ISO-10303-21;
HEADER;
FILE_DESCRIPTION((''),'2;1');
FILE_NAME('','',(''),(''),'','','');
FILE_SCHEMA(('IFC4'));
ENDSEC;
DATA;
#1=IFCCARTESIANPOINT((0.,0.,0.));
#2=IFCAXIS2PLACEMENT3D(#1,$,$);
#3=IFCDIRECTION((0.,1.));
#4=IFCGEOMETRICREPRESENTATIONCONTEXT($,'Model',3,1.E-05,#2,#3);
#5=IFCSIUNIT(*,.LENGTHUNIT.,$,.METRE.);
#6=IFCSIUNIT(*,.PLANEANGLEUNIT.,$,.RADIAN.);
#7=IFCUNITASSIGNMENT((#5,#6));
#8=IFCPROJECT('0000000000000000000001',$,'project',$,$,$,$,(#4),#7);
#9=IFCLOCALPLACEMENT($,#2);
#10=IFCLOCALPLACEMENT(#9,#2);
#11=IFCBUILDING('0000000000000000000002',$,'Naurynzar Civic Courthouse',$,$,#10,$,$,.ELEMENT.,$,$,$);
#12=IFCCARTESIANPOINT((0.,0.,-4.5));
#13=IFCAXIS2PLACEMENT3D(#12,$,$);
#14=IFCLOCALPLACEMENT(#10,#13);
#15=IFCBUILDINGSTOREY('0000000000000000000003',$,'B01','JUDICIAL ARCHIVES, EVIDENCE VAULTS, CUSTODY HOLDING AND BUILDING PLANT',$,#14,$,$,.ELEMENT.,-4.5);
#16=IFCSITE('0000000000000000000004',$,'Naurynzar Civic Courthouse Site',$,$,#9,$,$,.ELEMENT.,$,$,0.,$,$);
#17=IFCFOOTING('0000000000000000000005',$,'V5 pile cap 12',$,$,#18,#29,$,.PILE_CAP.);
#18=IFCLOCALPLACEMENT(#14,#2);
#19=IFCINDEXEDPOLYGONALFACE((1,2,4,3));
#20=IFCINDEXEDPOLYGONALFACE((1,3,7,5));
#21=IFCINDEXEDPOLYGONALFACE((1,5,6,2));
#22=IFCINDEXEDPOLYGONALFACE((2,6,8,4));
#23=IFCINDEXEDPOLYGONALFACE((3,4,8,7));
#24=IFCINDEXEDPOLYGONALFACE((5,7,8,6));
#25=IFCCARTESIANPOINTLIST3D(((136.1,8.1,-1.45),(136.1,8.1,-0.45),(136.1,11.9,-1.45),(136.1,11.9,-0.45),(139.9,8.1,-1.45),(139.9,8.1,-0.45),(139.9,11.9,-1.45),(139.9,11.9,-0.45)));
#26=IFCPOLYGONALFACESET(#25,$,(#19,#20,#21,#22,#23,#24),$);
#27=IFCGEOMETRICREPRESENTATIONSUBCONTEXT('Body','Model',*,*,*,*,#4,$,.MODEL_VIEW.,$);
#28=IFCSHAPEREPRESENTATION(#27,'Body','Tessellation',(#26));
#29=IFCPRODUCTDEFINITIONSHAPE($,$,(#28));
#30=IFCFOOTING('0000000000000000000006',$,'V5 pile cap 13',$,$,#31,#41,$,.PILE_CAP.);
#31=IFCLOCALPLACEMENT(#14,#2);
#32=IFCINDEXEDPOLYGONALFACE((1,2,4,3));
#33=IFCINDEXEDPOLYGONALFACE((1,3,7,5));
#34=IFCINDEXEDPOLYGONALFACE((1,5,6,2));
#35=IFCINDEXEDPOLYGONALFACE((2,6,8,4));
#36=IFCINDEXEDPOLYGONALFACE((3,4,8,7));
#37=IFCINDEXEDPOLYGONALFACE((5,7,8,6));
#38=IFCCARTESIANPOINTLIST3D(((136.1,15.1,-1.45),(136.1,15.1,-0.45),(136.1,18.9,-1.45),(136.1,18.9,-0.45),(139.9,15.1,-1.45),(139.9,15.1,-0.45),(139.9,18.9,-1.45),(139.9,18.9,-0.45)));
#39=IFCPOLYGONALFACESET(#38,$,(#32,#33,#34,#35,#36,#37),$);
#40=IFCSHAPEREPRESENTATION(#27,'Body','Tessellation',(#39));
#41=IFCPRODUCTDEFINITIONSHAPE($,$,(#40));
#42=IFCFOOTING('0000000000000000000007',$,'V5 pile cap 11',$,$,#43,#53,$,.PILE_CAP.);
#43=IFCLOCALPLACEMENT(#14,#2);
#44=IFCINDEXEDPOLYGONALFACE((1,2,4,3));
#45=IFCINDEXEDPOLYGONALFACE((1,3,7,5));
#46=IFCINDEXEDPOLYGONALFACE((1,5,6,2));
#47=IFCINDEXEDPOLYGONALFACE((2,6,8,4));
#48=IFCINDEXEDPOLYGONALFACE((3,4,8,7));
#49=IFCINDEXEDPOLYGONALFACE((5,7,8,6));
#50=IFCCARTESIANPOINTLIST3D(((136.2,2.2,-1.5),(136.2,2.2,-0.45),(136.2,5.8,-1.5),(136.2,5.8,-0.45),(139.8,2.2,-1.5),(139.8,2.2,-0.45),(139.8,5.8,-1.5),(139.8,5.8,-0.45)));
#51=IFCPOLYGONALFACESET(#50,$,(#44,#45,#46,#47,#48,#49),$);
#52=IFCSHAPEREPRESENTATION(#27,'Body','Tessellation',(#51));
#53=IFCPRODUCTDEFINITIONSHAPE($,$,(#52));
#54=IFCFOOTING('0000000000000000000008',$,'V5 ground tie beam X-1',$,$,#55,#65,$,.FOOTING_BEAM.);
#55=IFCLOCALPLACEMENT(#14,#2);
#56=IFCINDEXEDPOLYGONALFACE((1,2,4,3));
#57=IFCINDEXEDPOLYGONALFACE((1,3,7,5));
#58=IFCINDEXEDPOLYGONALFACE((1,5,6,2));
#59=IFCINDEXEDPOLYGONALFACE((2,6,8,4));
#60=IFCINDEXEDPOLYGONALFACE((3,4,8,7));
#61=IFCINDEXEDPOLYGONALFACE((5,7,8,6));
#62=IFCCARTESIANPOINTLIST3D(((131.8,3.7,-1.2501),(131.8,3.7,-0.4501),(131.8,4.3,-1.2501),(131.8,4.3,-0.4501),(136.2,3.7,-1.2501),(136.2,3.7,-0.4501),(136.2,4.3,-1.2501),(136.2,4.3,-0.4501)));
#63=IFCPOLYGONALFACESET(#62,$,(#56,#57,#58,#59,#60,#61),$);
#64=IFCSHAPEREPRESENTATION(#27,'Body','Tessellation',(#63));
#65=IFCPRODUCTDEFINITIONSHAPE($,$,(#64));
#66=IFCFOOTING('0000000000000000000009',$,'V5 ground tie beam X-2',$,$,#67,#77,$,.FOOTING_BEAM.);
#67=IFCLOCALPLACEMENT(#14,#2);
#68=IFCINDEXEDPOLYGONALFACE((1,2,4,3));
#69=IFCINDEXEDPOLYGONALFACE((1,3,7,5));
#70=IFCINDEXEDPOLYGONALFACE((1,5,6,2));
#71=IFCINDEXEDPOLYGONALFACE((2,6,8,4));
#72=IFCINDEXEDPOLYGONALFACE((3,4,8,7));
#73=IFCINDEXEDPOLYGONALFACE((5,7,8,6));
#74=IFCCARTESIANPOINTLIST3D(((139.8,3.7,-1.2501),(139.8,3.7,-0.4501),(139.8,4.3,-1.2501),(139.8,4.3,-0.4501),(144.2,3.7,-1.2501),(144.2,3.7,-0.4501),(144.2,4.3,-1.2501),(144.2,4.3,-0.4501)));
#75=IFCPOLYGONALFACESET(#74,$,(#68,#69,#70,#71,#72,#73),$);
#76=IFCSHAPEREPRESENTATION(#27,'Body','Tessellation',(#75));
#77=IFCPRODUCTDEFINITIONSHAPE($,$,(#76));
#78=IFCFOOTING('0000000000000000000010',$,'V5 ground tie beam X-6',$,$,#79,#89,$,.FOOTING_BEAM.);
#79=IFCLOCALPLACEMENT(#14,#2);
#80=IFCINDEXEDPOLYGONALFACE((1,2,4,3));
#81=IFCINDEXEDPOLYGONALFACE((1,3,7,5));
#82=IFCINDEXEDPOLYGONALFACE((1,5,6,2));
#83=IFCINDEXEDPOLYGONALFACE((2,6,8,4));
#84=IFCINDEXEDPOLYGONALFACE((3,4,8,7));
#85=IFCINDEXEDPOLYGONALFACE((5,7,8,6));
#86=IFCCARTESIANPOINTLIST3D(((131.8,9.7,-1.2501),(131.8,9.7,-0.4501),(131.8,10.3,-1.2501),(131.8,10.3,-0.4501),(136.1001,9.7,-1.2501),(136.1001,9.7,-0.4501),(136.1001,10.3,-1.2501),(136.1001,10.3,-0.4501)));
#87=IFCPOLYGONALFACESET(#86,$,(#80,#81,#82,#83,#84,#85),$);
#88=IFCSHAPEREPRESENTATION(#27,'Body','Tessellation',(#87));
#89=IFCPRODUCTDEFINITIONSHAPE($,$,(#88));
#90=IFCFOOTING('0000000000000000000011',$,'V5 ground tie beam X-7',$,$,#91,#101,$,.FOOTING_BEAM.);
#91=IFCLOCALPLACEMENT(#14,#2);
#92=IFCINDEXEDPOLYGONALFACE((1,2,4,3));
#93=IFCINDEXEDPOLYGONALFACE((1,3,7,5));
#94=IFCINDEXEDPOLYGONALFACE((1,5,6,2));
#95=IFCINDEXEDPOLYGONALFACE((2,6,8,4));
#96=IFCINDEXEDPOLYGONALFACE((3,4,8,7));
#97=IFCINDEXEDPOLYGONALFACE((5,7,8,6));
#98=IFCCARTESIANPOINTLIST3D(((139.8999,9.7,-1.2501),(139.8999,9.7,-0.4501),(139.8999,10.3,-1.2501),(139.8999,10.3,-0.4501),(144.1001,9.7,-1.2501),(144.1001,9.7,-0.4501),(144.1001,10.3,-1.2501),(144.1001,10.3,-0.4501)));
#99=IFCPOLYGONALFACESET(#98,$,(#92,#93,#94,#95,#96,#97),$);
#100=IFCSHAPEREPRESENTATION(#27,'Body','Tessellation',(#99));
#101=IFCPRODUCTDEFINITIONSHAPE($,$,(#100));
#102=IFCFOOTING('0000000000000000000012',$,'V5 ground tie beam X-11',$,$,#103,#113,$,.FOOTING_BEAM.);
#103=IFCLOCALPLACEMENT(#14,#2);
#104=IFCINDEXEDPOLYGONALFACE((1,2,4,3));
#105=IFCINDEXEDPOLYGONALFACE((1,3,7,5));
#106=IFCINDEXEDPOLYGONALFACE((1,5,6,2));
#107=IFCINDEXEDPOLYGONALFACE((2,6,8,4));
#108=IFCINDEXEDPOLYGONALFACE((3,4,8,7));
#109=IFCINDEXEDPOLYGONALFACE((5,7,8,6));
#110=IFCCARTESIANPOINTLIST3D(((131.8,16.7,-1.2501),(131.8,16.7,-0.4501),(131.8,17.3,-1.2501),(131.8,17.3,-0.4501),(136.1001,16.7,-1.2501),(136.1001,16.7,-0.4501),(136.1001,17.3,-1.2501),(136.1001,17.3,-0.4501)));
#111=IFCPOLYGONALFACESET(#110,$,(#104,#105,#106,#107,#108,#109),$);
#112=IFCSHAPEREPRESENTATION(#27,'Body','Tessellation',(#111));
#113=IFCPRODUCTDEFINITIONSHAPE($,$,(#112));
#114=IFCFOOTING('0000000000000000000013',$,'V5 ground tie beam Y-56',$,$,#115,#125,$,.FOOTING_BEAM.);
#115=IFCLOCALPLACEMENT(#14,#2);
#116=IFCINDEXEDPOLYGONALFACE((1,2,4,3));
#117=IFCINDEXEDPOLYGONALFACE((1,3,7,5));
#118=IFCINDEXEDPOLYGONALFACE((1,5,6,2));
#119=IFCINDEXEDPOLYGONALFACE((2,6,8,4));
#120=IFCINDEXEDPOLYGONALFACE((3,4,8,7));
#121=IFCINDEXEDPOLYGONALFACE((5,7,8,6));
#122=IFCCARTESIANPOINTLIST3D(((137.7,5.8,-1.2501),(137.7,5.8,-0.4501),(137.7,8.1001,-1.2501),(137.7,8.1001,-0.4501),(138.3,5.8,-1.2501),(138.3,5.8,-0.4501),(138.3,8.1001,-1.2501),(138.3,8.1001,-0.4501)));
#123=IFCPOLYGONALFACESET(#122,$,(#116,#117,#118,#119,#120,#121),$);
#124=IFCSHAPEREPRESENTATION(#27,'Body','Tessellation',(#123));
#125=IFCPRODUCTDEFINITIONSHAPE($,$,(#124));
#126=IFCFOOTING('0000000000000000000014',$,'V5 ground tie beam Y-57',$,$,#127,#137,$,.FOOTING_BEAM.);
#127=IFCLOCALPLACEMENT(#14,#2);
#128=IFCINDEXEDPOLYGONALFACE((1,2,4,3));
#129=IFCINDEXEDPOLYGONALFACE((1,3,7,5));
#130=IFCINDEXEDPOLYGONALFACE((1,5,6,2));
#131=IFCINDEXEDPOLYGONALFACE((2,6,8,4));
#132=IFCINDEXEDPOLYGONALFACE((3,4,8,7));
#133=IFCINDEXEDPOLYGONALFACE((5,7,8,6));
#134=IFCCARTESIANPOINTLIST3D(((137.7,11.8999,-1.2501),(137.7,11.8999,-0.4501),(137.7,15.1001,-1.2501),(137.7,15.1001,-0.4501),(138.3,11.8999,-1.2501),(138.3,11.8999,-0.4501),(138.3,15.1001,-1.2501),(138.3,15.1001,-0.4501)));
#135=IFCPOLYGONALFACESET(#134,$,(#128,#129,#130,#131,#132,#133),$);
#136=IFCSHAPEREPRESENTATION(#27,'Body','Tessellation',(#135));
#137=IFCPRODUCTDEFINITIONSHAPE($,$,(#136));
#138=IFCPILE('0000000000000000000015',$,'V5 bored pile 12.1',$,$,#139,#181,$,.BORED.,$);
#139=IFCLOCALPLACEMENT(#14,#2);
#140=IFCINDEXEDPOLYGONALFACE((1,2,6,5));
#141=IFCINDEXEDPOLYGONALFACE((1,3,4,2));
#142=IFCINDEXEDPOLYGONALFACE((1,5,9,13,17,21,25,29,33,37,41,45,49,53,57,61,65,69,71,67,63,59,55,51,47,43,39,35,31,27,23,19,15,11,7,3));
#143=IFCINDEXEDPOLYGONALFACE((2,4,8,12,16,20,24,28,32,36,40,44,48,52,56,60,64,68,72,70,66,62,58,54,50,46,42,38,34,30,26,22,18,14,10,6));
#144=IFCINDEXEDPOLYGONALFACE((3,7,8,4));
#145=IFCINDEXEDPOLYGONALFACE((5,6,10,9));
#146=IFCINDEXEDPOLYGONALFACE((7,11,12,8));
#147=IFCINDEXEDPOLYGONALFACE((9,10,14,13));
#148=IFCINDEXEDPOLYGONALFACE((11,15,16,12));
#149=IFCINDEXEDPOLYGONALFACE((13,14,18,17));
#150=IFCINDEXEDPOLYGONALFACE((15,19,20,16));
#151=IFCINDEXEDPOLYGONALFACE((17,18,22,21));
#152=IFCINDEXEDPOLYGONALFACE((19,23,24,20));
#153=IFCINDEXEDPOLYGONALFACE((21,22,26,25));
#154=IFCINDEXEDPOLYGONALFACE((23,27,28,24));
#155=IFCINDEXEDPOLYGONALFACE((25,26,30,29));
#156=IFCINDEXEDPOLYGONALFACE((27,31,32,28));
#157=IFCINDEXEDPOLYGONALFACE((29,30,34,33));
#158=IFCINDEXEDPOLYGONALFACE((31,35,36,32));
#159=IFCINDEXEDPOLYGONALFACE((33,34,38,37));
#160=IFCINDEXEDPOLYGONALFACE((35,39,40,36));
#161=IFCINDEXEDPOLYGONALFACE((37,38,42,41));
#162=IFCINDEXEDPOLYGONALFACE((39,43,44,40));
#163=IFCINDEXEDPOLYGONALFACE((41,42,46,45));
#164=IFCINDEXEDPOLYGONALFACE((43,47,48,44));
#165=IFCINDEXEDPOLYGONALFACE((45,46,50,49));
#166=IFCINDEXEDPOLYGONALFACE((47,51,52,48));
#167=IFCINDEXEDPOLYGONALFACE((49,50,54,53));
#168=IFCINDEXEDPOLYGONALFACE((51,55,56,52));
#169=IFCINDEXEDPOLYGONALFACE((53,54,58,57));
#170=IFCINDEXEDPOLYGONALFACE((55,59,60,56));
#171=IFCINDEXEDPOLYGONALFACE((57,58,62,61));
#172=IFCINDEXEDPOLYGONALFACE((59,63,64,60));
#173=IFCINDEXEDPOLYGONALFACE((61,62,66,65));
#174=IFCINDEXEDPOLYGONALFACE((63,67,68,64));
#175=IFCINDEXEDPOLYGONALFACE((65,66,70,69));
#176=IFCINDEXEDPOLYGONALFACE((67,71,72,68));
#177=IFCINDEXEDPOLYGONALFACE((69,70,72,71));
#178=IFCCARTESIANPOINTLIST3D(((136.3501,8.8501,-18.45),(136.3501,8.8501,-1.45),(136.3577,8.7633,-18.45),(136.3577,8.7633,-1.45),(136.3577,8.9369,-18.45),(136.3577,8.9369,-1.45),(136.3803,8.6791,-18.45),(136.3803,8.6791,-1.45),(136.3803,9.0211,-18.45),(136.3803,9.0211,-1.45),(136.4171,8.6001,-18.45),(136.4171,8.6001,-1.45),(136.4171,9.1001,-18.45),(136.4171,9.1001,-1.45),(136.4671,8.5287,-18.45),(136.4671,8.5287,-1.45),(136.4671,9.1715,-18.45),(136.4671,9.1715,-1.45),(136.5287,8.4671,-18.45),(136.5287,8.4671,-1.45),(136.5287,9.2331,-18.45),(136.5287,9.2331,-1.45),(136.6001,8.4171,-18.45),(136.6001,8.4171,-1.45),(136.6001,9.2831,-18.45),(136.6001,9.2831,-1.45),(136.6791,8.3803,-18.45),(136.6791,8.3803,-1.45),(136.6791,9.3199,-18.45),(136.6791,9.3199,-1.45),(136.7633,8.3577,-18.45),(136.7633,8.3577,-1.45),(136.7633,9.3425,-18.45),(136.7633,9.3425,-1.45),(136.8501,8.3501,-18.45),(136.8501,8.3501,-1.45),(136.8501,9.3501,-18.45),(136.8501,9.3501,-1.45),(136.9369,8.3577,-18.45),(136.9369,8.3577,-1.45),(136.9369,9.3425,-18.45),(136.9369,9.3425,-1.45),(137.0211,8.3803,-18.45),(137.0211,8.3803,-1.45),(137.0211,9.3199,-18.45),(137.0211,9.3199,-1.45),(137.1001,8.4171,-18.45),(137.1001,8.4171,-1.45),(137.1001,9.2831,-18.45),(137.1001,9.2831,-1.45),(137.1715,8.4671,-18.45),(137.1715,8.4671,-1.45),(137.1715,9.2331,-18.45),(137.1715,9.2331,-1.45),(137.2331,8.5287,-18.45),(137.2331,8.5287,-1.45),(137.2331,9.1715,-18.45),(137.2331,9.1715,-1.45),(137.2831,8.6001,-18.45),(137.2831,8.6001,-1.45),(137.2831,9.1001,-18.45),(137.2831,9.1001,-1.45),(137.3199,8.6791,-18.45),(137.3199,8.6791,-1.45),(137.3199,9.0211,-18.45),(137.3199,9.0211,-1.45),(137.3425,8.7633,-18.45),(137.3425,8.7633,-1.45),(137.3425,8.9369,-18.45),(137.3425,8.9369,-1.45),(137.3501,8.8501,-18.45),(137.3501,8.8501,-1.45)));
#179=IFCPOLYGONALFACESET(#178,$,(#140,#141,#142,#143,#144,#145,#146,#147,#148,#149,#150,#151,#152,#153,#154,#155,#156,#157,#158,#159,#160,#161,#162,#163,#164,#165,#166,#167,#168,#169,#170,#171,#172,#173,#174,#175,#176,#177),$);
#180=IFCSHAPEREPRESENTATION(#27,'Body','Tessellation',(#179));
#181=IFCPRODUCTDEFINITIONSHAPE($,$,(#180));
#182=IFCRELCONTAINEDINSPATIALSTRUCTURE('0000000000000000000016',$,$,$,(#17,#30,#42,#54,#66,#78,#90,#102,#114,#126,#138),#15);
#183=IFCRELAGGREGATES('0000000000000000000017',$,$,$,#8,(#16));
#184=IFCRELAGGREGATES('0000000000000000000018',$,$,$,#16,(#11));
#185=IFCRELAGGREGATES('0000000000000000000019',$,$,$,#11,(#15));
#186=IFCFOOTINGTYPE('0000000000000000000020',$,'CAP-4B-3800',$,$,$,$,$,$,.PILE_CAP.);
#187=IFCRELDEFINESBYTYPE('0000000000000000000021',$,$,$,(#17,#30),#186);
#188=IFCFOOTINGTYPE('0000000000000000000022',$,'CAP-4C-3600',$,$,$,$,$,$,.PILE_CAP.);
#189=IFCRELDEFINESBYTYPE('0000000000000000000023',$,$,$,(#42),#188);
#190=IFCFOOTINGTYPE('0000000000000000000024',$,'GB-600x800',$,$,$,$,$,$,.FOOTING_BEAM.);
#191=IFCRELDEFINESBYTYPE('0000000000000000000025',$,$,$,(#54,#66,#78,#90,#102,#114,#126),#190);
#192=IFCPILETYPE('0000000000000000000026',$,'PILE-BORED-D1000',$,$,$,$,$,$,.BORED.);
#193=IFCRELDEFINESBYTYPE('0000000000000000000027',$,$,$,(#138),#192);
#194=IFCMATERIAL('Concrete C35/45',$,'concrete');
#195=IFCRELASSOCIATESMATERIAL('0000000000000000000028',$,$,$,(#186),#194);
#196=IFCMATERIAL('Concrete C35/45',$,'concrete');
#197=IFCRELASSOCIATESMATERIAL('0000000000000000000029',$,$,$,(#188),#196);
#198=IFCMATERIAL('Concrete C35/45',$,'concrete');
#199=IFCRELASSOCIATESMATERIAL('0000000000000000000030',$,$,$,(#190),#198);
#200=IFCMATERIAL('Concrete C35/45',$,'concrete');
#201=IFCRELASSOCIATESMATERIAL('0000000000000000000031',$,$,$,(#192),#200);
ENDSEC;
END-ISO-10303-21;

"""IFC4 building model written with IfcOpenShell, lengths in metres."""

from ifc_helpers import new_model, si_unit, direction, frame, origin, origin_2d, place, context, subcontext, project, spatial, rectangle, circle, extrude, material, material_profile, profile_set, type_object, element, save


model = new_model("IFC4")

# Units and contexts
model_context = context("Model", 3, precision=1e-05, world=origin(), true_north=direction((0.0, 1.0)))
body_context = subcontext(model_context, "Body", "Model", "MODEL_VIEW")
ifc_project = project(units=[si_unit("LENGTHUNIT", "METRE"), si_unit("PLANEANGLEUNIT", "RADIAN")], contexts=[model_context])

# Site, building, storey
site_placement = place(None, origin())
site = spatial("IfcSite", under=ifc_project, at=site_placement, Name="Naurynzar Civic Courthouse Site", CompositionType="ELEMENT", RefElevation=0.0)
building_placement = place(site_placement, origin())
building = spatial("IfcBuilding", under=site, at=building_placement, Name="Naurynzar Civic Courthouse", CompositionType="ELEMENT")
storey_placement = place(building_placement, frame((0.0, 0.0, -4.5)))
storey = spatial("IfcBuildingStorey", under=building, at=storey_placement, Name="B01", Description="JUDICIAL ARCHIVES, EVIDENCE VAULTS, CUSTODY HOLDING AND BUILDING PLANT", CompositionType="ELEMENT", Elevation=-4.5)

# Footings
ifc_material_1 = material(Name="Concrete C35/45", Category="concrete")
footing_type_1 = type_object("IfcFootingType", Name="CAP-4B-3800", PredefinedType="PILE_CAP", material=ifc_material_1)
for number, where, z_axis, x_axis, name in (
    (1, (138.0, 10.0, -1.45), (0.0, 0.0, 1.0), (1.0, 0.0, 0.0), "V5 pile cap 12"),
    (2, (138.0, 17.0, -1.45), (0.0, 0.0, 1.0), (1.0, 0.0, 0.0), "V5 pile cap 13"),
):
    element("IfcFooting", number, at=place(storey_placement, frame(where, z_axis=z_axis, x_axis=x_axis)), inside=storey, type_object=footing_type_1, Name=name, PredefinedType="PILE_CAP", context=body_context, shape_type="SweptSolid", body=[
        extrude(rectangle(XDim=3.8, YDim=3.8, at=origin_2d()), origin(), (0.0, 0.0, 1.0), 1.0),
    ])
ifc_material_2 = material(Name="Concrete C35/45", Category="concrete")
footing_type_2 = type_object("IfcFootingType", Name="CAP-4C-3600", PredefinedType="PILE_CAP", material=ifc_material_2)
footing_1_placement = place(storey_placement, frame((138.0, 4.0, -1.5), z_axis=(0.0, 0.0, 1.0), x_axis=(1.0, 0.0, 0.0)))
element("IfcFooting", 3, at=footing_1_placement, inside=storey, type_object=footing_type_2, Name="V5 pile cap 11", PredefinedType="PILE_CAP", context=body_context, shape_type="SweptSolid", body=[
    extrude(rectangle(XDim=3.6001, YDim=3.6001, at=origin_2d()), origin(), (0.0, 0.0, 1.0), 1.05),
])
ifc_material_3 = material(Name="Concrete C35/45", Category="concrete")
ifc_material_profile_1 = material_profile(ifc_material_3, rectangle(XDim=0.6001, YDim=0.8, at=origin_2d()), Name="GB 600x800")
ifc_profile_set_1 = profile_set([ifc_material_profile_1], Name="Concrete C35/45")
footing_type_3 = type_object("IfcFootingType", Name="GB-600x800", PredefinedType="FOOTING_BEAM", material=ifc_profile_set_1)
for number, where, z_axis, x_axis, name in (
    (4, (131.8, 4.0, -0.8501), (1.0, 0.0, 0.0), (0.0, 1.0, 0.0), "V5 ground tie beam X-1"),
    (5, (139.8, 4.0, -0.8501), (1.0, 0.0, 0.0), (0.0, 1.0, 0.0), "V5 ground tie beam X-2"),
):
    element("IfcFooting", number, at=place(storey_placement, frame(where, z_axis=z_axis, x_axis=x_axis)), inside=storey, type_object=footing_type_3, Name=name, PredefinedType="FOOTING_BEAM", context=body_context, shape_type="SweptSolid", body=[
        extrude(rectangle(XDim=0.6001, YDim=0.8, at=origin_2d()), origin(), (0.0, 0.0, 1.0), 4.3999),
    ])
footing_2_placement = place(storey_placement, frame((131.8, 10.0, -0.8501), z_axis=(1.0, 0.0, 0.0), x_axis=(0.0, 1.0, 0.0)))
element("IfcFooting", 6, at=footing_2_placement, inside=storey, type_object=footing_type_3, Name="V5 ground tie beam X-6", PredefinedType="FOOTING_BEAM", context=body_context, shape_type="SweptSolid", body=[
    extrude(rectangle(XDim=0.6001, YDim=0.8, at=origin_2d()), origin(), (0.0, 0.0, 1.0), 4.3),
])
footing_3_placement = place(storey_placement, frame((139.8999, 10.0, -0.8501), z_axis=(1.0, 0.0, 0.0), x_axis=(0.0, 1.0, 0.0)))
element("IfcFooting", 7, at=footing_3_placement, inside=storey, type_object=footing_type_3, Name="V5 ground tie beam X-7", PredefinedType="FOOTING_BEAM", context=body_context, shape_type="SweptSolid", body=[
    extrude(rectangle(XDim=0.6001, YDim=0.8, at=origin_2d()), origin(), (0.0, 0.0, 1.0), 4.2002),
])
footing_4_placement = place(storey_placement, frame((131.8, 17.0, -0.8501), z_axis=(1.0, 0.0, 0.0), x_axis=(0.0, 1.0, 0.0)))
element("IfcFooting", 8, at=footing_4_placement, inside=storey, type_object=footing_type_3, Name="V5 ground tie beam X-11", PredefinedType="FOOTING_BEAM", context=body_context, shape_type="SweptSolid", body=[
    extrude(rectangle(XDim=0.6001, YDim=0.8, at=origin_2d()), origin(), (0.0, 0.0, 1.0), 4.3),
])
footing_5_placement = place(storey_placement, frame((138.0, 5.8, -0.8501), z_axis=(0.0, 1.0, 0.0), x_axis=(-1.0, 0.0, 0.0)))
element("IfcFooting", 9, at=footing_5_placement, inside=storey, type_object=footing_type_3, Name="V5 ground tie beam Y-56", PredefinedType="FOOTING_BEAM", context=body_context, shape_type="SweptSolid", body=[
    extrude(rectangle(XDim=0.6001, YDim=0.8, at=origin_2d()), origin(), (0.0, 0.0, 1.0), 2.3),
])
footing_6_placement = place(storey_placement, frame((138.0, 11.8999, -0.8501), z_axis=(0.0, 1.0, 0.0), x_axis=(-1.0, 0.0, 0.0)))
element("IfcFooting", 10, at=footing_6_placement, inside=storey, type_object=footing_type_3, Name="V5 ground tie beam Y-57", PredefinedType="FOOTING_BEAM", context=body_context, shape_type="SweptSolid", body=[
    extrude(rectangle(XDim=0.6001, YDim=0.8, at=origin_2d()), origin(), (0.0, 0.0, 1.0), 3.2002),
])

# Pile
ifc_material_4 = material(Name="Concrete C35/45", Category="concrete")
ifc_material_profile_2 = material_profile(ifc_material_4, circle(Radius=0.5, at=origin_2d()), Name="PILE D1000")
ifc_profile_set_2 = profile_set([ifc_material_profile_2], Name="Concrete C35/45")
pile_type_1 = type_object("IfcPileType", Name="PILE-BORED-D1000", PredefinedType="BORED", material=ifc_profile_set_2)
for number, where, z_axis, x_axis, name in (
    (11, (136.8501, 8.8501, -1.45), (0.0, 0.0, -1.0), (1.0, 0.0, 0.0), "V5 bored pile 12.1"),
):
    element("IfcPile", number, at=place(storey_placement, frame(where, z_axis=z_axis, x_axis=x_axis)), inside=storey, type_object=pile_type_1, Name=name, PredefinedType="BORED", context=body_context, shape_type="SweptSolid", body=[
        extrude(circle(Radius=0.5, at=origin_2d()), origin(), (0.0, 0.0, 1.0), 17.0),
    ])

save(model, "model.ifc")
